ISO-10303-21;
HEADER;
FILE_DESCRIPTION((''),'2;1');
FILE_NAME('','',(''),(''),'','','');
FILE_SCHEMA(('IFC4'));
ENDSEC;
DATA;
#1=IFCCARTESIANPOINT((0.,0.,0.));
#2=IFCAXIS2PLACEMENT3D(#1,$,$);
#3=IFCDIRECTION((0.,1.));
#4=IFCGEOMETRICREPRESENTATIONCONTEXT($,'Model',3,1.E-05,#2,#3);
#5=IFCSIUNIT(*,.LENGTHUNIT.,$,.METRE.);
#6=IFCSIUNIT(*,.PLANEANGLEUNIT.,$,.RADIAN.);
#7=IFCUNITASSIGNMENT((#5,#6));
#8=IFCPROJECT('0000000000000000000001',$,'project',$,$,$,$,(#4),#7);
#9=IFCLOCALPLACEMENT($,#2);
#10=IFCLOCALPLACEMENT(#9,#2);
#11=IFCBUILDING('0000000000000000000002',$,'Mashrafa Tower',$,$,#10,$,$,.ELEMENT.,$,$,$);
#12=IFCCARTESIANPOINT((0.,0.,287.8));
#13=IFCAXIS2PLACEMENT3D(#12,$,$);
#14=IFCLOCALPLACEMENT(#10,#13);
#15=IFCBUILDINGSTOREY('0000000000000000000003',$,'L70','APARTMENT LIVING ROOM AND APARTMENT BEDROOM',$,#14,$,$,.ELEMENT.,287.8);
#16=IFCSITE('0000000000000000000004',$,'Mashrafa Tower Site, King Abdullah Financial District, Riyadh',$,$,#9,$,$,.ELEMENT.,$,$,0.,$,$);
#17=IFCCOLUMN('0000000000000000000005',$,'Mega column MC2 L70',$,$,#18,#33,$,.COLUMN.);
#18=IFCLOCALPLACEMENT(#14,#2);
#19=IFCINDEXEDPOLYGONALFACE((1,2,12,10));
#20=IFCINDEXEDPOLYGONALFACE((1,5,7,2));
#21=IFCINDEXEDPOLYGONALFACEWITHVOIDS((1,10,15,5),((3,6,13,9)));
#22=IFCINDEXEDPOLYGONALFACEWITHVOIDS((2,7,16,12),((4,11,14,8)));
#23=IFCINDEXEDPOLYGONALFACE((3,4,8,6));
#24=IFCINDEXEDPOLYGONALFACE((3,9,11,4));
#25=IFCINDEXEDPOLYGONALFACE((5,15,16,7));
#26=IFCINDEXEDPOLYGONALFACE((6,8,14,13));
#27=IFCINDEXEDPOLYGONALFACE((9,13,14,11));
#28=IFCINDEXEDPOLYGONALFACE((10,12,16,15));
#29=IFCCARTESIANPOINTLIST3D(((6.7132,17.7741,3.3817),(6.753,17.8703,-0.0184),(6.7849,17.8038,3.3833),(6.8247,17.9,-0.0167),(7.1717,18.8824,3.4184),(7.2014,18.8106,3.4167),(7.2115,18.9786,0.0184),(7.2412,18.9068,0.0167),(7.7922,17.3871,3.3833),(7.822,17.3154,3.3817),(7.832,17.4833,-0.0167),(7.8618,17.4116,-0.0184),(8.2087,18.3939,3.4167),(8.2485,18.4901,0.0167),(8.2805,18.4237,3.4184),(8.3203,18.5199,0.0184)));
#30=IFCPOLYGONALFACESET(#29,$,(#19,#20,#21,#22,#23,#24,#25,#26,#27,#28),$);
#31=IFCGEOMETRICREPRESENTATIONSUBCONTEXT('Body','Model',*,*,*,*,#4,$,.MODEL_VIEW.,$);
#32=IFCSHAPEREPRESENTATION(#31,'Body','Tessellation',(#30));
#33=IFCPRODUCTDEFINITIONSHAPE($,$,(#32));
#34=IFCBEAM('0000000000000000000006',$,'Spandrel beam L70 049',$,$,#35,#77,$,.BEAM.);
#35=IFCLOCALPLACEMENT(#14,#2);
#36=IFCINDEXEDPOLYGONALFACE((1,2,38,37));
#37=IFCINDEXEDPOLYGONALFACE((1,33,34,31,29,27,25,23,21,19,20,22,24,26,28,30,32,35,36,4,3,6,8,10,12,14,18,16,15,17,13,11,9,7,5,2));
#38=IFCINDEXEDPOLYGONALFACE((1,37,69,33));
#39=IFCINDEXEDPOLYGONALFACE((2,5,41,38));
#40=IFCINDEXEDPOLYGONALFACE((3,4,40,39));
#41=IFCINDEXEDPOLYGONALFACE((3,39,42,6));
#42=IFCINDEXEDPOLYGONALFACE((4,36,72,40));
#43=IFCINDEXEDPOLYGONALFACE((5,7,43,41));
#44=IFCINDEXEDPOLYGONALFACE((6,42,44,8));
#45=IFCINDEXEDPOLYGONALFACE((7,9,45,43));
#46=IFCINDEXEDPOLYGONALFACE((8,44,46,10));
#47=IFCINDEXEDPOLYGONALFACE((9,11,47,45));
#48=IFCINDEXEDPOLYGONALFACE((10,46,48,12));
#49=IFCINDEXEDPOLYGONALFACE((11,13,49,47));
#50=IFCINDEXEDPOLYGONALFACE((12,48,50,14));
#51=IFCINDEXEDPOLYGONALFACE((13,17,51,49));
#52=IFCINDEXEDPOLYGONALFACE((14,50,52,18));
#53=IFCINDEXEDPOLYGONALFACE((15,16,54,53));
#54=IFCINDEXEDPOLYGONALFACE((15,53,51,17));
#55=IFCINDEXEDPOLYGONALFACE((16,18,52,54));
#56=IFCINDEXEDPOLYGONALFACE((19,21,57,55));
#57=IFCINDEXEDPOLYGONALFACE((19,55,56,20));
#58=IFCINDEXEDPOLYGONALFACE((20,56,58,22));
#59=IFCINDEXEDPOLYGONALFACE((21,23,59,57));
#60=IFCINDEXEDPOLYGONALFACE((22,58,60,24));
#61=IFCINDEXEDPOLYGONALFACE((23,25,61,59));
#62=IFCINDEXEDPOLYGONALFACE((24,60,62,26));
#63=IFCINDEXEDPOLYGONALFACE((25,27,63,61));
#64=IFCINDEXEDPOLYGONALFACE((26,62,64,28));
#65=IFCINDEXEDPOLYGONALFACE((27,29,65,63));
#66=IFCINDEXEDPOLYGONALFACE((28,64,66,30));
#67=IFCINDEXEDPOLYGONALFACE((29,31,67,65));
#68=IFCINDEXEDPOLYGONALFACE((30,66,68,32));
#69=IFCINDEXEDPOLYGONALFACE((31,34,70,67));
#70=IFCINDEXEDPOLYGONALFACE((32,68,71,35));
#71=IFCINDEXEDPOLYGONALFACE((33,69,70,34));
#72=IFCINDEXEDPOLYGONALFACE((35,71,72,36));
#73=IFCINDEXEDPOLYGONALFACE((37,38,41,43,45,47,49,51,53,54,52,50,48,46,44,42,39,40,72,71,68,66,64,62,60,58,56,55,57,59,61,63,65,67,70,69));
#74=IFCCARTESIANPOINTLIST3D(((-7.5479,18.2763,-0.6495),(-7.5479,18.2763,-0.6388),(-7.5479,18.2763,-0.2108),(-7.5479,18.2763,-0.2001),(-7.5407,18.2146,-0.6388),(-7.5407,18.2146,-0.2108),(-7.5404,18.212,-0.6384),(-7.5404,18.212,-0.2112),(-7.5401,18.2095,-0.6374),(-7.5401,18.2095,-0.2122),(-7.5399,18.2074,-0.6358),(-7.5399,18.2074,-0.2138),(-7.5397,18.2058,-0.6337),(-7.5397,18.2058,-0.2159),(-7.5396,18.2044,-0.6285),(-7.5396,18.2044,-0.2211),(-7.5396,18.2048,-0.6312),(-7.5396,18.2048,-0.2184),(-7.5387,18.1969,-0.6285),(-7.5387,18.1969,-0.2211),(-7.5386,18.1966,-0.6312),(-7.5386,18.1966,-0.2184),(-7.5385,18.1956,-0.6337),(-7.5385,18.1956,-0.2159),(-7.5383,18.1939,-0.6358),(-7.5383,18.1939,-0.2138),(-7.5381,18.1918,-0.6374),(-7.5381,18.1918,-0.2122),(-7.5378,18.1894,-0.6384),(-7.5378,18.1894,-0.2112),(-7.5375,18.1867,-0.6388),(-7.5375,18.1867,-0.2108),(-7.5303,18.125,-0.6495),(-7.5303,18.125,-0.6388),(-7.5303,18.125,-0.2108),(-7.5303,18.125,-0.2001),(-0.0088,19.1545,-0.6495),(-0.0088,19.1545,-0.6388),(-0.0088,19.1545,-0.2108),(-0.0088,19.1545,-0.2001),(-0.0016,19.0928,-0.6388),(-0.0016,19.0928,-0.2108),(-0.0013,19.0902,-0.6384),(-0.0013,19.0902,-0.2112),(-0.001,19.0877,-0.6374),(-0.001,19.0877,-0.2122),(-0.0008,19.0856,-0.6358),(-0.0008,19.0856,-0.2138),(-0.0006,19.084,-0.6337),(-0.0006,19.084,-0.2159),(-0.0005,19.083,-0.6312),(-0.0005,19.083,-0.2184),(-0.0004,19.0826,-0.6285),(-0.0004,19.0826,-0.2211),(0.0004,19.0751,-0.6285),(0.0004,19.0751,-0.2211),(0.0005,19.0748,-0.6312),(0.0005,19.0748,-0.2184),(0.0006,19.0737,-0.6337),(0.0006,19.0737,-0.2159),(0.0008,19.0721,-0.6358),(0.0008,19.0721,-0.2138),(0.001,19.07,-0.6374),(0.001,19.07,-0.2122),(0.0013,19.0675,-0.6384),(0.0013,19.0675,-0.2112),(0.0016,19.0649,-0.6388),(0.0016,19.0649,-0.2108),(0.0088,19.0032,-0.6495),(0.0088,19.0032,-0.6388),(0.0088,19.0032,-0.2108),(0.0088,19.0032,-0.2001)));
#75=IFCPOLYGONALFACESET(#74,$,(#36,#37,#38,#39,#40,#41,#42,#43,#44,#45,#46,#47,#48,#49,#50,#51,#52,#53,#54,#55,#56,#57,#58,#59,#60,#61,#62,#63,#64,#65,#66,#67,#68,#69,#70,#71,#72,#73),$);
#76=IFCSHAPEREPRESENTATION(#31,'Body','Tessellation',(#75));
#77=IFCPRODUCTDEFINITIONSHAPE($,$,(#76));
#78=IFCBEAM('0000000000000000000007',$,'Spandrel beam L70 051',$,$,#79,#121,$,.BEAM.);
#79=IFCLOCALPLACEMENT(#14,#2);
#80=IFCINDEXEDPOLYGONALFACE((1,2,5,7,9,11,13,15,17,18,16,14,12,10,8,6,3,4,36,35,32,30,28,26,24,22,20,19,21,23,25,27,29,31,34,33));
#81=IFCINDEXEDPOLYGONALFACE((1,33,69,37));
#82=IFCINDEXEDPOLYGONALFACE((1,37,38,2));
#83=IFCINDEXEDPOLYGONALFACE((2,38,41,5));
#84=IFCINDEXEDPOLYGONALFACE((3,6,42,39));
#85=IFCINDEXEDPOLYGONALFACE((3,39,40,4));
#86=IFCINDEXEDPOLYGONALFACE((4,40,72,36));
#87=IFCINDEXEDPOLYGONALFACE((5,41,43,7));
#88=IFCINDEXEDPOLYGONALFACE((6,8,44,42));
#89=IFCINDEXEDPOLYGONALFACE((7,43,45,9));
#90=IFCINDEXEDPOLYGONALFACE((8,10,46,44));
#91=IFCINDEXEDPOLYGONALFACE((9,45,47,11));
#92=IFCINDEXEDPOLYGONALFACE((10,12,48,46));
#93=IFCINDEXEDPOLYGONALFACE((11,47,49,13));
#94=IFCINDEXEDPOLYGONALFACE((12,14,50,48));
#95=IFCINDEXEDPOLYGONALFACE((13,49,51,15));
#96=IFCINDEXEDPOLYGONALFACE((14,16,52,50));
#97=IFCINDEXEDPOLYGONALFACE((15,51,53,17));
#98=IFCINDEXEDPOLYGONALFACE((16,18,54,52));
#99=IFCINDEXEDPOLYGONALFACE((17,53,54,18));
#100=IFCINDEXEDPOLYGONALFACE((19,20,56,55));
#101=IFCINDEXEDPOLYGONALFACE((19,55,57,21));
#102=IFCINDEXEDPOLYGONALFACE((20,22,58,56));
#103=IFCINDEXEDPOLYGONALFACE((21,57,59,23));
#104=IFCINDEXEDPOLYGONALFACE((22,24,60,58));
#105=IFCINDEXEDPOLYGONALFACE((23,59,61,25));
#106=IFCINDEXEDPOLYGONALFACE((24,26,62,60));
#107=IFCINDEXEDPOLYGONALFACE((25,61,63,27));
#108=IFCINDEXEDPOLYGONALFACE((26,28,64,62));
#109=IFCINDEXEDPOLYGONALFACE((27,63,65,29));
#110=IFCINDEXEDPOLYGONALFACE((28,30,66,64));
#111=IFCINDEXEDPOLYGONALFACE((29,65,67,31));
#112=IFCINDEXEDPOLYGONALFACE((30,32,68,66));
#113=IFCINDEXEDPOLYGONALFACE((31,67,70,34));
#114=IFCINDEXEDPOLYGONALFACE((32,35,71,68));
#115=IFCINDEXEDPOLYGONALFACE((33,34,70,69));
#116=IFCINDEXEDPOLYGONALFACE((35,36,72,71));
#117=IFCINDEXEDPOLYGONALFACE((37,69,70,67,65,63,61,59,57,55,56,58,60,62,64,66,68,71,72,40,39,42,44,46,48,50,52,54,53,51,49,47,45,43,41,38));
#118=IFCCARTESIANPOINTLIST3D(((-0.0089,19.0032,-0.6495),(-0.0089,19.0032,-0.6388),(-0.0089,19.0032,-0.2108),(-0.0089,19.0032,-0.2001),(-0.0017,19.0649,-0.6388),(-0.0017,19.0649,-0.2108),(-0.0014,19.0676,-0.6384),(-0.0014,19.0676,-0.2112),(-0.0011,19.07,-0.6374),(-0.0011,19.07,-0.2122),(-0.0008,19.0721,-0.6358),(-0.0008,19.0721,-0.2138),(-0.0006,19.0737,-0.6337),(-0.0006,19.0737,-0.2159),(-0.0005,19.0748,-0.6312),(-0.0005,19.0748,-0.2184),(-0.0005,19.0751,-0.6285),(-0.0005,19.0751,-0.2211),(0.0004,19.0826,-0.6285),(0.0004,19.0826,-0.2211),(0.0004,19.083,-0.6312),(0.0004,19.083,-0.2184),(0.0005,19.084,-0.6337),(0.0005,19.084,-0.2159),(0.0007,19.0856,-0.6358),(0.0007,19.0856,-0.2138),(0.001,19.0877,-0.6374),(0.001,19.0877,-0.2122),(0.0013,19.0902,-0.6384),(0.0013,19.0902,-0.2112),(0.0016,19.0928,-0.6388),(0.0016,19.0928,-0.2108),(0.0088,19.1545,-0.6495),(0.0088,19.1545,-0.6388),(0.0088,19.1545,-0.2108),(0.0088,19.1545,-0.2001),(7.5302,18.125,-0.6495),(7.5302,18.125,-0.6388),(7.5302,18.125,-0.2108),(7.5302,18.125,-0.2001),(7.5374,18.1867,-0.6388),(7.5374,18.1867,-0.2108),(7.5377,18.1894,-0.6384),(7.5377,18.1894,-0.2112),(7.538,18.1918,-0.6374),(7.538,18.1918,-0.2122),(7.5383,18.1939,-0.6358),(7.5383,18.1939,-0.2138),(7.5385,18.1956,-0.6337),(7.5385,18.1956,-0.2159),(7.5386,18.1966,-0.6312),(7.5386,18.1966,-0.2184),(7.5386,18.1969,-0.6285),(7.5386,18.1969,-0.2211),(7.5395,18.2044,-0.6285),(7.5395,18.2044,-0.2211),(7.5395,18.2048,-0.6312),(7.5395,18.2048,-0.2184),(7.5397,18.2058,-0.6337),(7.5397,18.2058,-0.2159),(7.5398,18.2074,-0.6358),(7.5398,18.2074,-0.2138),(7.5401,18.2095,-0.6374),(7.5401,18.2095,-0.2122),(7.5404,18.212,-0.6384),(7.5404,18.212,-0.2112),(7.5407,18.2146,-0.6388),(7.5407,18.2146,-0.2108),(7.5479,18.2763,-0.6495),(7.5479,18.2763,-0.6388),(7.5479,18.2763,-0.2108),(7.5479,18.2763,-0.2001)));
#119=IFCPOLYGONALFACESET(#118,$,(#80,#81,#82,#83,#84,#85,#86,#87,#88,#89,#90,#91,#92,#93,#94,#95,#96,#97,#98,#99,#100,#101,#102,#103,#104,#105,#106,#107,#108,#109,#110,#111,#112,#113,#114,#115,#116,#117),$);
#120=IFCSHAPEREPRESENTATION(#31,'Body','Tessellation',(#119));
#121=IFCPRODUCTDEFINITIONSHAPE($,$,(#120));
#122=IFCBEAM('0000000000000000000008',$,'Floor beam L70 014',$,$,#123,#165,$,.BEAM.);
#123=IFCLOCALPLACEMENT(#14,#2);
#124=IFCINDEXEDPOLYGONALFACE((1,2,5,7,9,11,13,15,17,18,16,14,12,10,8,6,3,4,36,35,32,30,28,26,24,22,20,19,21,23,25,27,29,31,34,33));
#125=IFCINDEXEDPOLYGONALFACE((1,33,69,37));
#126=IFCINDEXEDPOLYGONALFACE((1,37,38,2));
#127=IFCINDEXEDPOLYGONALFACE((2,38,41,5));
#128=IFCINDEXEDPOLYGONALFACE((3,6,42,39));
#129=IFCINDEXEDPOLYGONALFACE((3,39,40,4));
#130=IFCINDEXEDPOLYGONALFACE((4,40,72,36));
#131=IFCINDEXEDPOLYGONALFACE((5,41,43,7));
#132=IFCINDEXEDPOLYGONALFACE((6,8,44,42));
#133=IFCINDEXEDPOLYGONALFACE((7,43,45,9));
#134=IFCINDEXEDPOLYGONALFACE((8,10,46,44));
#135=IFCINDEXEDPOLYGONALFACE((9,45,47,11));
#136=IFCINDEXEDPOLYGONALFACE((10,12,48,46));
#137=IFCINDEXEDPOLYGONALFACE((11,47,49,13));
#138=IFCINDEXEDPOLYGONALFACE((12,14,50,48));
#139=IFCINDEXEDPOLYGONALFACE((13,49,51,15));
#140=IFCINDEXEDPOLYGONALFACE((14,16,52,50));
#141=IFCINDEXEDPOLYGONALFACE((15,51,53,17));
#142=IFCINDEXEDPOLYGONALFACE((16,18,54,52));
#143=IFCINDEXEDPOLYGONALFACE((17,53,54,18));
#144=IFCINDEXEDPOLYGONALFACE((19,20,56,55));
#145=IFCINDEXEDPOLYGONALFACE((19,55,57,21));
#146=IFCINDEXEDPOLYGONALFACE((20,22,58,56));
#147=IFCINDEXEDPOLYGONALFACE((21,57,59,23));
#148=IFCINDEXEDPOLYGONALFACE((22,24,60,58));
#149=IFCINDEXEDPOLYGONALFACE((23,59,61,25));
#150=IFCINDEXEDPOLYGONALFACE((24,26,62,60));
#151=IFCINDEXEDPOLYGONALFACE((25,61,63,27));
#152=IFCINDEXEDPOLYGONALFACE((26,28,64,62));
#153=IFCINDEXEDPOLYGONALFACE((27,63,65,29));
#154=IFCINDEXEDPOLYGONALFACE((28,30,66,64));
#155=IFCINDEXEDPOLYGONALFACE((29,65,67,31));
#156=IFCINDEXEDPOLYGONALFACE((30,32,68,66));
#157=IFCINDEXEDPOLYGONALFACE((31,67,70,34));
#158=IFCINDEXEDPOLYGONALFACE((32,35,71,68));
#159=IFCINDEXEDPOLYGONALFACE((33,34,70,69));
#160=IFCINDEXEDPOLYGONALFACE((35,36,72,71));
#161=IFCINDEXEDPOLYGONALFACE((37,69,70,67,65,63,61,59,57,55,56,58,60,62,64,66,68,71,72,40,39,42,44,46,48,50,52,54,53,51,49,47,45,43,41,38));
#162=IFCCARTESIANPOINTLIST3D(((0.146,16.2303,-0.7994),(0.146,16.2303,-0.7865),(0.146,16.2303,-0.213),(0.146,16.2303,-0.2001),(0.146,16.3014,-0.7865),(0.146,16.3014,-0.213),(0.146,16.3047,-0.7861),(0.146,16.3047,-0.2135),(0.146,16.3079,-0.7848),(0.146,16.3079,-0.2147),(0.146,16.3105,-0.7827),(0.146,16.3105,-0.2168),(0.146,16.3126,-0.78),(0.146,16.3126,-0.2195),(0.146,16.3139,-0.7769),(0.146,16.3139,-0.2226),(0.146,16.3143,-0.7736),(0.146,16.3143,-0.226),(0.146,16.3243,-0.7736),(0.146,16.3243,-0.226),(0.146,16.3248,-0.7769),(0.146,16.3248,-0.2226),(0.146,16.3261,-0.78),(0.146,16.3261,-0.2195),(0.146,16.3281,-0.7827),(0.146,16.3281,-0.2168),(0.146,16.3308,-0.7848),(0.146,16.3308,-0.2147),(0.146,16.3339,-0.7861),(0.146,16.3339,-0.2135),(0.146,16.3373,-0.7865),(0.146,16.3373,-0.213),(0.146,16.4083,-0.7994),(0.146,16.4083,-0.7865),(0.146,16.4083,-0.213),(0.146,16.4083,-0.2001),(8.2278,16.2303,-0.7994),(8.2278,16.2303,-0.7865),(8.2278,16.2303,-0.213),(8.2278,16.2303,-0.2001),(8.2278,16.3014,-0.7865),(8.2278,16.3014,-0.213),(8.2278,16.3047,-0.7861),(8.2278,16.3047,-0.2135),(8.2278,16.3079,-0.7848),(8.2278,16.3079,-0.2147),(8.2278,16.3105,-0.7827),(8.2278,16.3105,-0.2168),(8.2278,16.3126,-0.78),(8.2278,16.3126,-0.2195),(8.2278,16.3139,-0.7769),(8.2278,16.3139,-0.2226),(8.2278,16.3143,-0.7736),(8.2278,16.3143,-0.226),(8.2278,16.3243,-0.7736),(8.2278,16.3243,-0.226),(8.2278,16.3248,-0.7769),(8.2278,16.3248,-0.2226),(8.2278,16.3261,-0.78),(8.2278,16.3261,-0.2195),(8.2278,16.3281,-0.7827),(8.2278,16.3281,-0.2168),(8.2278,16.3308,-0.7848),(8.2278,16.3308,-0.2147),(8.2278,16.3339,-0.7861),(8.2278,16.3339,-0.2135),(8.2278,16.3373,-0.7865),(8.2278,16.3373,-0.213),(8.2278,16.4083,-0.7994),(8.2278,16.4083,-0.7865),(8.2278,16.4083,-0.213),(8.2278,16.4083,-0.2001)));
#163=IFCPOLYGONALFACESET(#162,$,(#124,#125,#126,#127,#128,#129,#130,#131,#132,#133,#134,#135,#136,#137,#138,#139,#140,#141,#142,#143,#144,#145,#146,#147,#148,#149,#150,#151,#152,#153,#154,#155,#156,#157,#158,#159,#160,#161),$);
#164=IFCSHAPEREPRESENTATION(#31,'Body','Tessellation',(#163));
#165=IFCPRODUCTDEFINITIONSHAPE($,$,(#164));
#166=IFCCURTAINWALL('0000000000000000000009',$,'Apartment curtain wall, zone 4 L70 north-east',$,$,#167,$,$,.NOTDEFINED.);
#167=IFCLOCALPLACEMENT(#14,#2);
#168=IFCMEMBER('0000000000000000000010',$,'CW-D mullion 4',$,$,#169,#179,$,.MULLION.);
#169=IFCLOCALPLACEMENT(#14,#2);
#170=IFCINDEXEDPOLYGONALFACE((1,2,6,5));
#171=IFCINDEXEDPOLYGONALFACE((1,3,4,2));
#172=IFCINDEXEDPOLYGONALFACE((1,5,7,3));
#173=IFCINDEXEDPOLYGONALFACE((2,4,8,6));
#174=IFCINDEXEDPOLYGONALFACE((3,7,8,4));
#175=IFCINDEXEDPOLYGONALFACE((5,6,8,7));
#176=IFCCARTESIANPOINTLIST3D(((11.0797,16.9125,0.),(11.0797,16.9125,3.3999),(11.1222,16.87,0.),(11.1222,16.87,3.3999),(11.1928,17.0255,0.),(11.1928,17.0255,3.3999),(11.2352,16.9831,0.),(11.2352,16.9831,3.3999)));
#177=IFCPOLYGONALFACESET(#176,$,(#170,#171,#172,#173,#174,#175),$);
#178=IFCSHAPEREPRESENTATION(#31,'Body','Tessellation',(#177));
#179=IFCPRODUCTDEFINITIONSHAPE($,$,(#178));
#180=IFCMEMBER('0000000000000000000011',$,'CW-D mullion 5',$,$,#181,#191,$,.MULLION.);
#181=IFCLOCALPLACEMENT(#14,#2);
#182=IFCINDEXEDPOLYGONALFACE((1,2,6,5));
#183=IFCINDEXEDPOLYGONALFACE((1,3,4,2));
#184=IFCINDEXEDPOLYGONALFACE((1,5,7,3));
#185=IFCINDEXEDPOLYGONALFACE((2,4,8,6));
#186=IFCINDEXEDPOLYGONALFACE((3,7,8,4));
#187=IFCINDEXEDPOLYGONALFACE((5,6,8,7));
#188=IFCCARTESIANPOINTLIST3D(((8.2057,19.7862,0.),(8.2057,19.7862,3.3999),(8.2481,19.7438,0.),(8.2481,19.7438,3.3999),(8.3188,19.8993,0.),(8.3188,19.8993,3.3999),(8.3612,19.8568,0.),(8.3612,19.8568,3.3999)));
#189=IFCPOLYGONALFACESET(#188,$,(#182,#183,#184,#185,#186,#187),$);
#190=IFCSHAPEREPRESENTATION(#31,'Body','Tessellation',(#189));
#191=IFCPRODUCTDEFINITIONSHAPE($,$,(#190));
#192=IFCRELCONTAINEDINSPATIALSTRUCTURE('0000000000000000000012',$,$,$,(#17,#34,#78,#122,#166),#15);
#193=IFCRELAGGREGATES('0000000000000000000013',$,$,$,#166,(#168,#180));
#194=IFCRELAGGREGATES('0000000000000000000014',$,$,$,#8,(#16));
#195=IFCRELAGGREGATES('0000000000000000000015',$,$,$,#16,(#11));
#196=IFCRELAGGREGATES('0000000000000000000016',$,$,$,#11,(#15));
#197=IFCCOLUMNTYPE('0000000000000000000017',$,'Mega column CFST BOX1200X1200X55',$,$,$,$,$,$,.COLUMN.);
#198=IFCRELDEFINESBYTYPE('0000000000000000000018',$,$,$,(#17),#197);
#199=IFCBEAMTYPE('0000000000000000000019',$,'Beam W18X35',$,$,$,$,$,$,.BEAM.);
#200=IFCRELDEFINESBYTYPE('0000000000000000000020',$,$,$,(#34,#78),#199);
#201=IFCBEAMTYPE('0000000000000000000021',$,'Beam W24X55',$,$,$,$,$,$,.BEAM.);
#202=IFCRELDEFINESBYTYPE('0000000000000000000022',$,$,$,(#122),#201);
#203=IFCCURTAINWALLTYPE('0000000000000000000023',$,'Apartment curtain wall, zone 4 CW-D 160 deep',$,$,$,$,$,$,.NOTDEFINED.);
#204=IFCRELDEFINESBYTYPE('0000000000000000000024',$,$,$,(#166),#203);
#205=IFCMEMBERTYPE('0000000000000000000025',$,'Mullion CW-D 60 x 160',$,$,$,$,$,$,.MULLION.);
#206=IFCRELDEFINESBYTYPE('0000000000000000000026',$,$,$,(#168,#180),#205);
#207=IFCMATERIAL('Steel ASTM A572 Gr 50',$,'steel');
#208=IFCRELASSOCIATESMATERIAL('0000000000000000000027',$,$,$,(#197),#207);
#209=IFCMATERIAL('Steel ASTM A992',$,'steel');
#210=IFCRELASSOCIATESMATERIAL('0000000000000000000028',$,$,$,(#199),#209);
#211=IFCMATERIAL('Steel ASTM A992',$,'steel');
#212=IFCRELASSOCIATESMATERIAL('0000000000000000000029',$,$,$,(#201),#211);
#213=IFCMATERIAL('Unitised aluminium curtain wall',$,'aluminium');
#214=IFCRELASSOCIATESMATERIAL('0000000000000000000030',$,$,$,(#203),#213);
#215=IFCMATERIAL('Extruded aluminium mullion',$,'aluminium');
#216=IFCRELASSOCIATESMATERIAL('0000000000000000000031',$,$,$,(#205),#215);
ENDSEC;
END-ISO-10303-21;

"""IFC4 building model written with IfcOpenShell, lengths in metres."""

from ifc_helpers import new_model, si_unit, direction, frame, origin, origin_2d, place, context, subcontext, project, spatial, rectangle, hollow_rectangle, i_section, extrude, source, transform, mapped, material, material_profile, profile_set, type_object, type_shapes, element, aggregate, save


model = new_model("IFC4")

# Units and contexts
model_context = context("Model", 3, precision=1e-05, world=origin(), true_north=direction((0.0, 1.0)))
body_context = subcontext(model_context, "Body", "Model", "MODEL_VIEW")
ifc_project = project(units=[si_unit("LENGTHUNIT", "METRE"), si_unit("PLANEANGLEUNIT", "RADIAN")], contexts=[model_context])

# Site, building, storey
site_placement = place(None, origin())
site = spatial("IfcSite", under=ifc_project, at=site_placement, Name="Mashrafa Tower Site, King Abdullah Financial District, Riyadh", CompositionType="ELEMENT", RefElevation=0.0)
building_placement = place(site_placement, origin())
building = spatial("IfcBuilding", under=site, at=building_placement, Name="Mashrafa Tower", CompositionType="ELEMENT")
storey_placement = place(building_placement, frame((0.0, 0.0, 287.8)))
storey = spatial("IfcBuildingStorey", under=building, at=storey_placement, Name="L70", Description="APARTMENT LIVING ROOM AND APARTMENT BEDROOM", CompositionType="ELEMENT", Elevation=287.8)

# Column
ifc_material_1 = material(Name="Steel ASTM A572 Gr 50", Category="steel")
ifc_material_profile_1 = material_profile(ifc_material_1, hollow_rectangle(XDim=1.2, YDim=1.2, WallThickness=0.0549, at=origin_2d()), Name="BOX1200X1200X55")
ifc_profile_set_1 = profile_set([ifc_material_profile_1], Name="Steel ASTM A572 Gr 50")
column_type = type_object("IfcColumnType", Name="Mega column CFST BOX1200X1200X55", PredefinedType="COLUMN", material=ifc_profile_set_1)
column_placement = place(storey_placement, frame((7.5366, 18.1951, 0.0), z_axis=(-0.011699, -0.028279, 0.999532), x_axis=(0.924045, -0.382283, 0.0)))
element("IfcColumn", 1, at=column_placement, inside=storey, type_object=column_type, Name="Mega column MC2 L70", PredefinedType="COLUMN", context=body_context, shape_type="SweptSolid", body=[
    extrude(hollow_rectangle(XDim=1.2, YDim=1.2, WallThickness=0.0549, at=origin_2d()), origin(), (0.0, 0.0, 1.0), 3.4016),
])

# Beams
ifc_material_2 = material(Name="Steel ASTM A992", Category="steel")
ifc_material_profile_2 = material_profile(ifc_material_2, i_section(OverallWidth=0.1523, OverallDepth=0.4495, WebThickness=0.0076, FlangeThickness=0.0107, FilletRadius=0.0103, at=origin_2d()), Name="W18X35")
ifc_profile_set_2 = profile_set([ifc_material_profile_2], Name="Steel ASTM A992")
beam_type_1 = type_object("IfcBeamType", Name="Beam W18X35", PredefinedType="BEAM", material=ifc_profile_set_2)
for number, where, z_axis, x_axis, name in (
    (2, (0.0, 19.0789, -0.4248), (-0.993284, -0.115701, 0.0), (0.115701, -0.993284, 0.0), "Spandrel beam L70 049"),
    (3, (7.5391, 18.2007, -0.4248), (-0.993284, 0.115701, 0.0), (-0.115701, -0.993284, 0.0), "Spandrel beam L70 051"),
):
    element("IfcBeam", number, at=place(storey_placement, frame(where, z_axis=z_axis, x_axis=x_axis)), inside=storey, type_object=beam_type_1, Name=name, PredefinedType="BEAM", context=body_context, shape_type="SweptSolid", body=[
        extrude(i_section(OverallWidth=0.1523, OverallDepth=0.4495, WebThickness=0.0076, FlangeThickness=0.0107, FilletRadius=0.0103, at=origin_2d()), origin(), (0.0, 0.0, 1.0), 7.5901),
    ])
ifc_material_3 = material(Name="Steel ASTM A992", Category="steel")
ifc_material_profile_3 = material_profile(ifc_material_3, i_section(OverallWidth=0.178, OverallDepth=0.5994, WebThickness=0.01, FlangeThickness=0.0129, FilletRadius=0.0129, at=origin_2d()), Name="W24X55")
ifc_profile_set_3 = profile_set([ifc_material_profile_3], Name="Steel ASTM A992")
beam_type_2 = type_object("IfcBeamType", Name="Beam W24X55", PredefinedType="BEAM", material=ifc_profile_set_3)
beam_placement = place(storey_placement, frame((0.146, 16.3193, -0.4998), z_axis=(1.0, 0.0, 0.0), x_axis=(0.0, 1.0, 0.0)))
element("IfcBeam", 4, at=beam_placement, inside=storey, type_object=beam_type_2, Name="Floor beam L70 014", PredefinedType="BEAM", context=body_context, shape_type="SweptSolid", body=[
    extrude(i_section(OverallWidth=0.178, OverallDepth=0.5994, WebThickness=0.01, FlangeThickness=0.0129, FilletRadius=0.0129, at=origin_2d()), origin(), (0.0, 0.0, 1.0), 8.0818),
])

# Curtain wall, members
ifc_material_4 = material(Name="Unitised aluminium curtain wall", Category="aluminium")
curtain_wall_type = type_object("IfcCurtainWallType", Name="Apartment curtain wall, zone 4 CW-D 160 deep", PredefinedType="NOTDEFINED", material=ifc_material_4)
curtain_wall_1_placement = place(storey_placement, origin())
curtain_wall_1 = element("IfcCurtainWall", 5, at=curtain_wall_1_placement, inside=storey, type_object=curtain_wall_type, Name="Apartment curtain wall, zone 4 L70 north-east", PredefinedType="NOTDEFINED")
ifc_material_5 = material(Name="Extruded aluminium mullion", Category="aluminium")
ifc_material_profile_4 = material_profile(ifc_material_5, rectangle(XDim=0.1599, YDim=0.0601, at=origin_2d()), Name="Mullion 60x160")
ifc_profile_set_4 = profile_set([ifc_material_profile_4], Name="Extruded aluminium mullion")
member_type_1 = type_object("IfcMemberType", Name="Mullion CW-D 60 x 160", PredefinedType="MULLION", material=ifc_profile_set_4)
shared_shape_1 = source(origin(), body_context, "Body", "SweptSolid", [
    extrude(rectangle(XDim=0.1599, YDim=0.0601, at=origin_2d()), origin(), (0.0, 0.0, 1.0), 3.3999),
])
type_shapes(member_type_1, [shared_shape_1])
member_1_placement = place(storey_placement, frame((11.1575, 16.9478, 0.0), z_axis=(0.0, 0.0, 1.0), x_axis=(-0.707107, -0.707107, 0.0)))
member_1 = element("IfcMember", 6, at=member_1_placement, type_object=member_type_1, Name="CW-D mullion 4", PredefinedType="MULLION", context=body_context, shape_type="MappedRepresentation", body=[
    mapped(shared_shape_1, transform((0.0, 0.0, 0.0))),
])
member_2_placement = place(storey_placement, frame((8.2834, 19.8215, 0.0), z_axis=(0.0, 0.0, 1.0), x_axis=(-0.707107, -0.707107, 0.0)))
member_2 = element("IfcMember", 7, at=member_2_placement, type_object=member_type_1, Name="CW-D mullion 5", PredefinedType="MULLION", context=body_context, shape_type="MappedRepresentation", body=[
    mapped(shared_shape_1, transform((0.0, 0.0, 0.0))),
])

aggregate(curtain_wall_1, [member_1, member_2])

save(model, "model.ifc")
